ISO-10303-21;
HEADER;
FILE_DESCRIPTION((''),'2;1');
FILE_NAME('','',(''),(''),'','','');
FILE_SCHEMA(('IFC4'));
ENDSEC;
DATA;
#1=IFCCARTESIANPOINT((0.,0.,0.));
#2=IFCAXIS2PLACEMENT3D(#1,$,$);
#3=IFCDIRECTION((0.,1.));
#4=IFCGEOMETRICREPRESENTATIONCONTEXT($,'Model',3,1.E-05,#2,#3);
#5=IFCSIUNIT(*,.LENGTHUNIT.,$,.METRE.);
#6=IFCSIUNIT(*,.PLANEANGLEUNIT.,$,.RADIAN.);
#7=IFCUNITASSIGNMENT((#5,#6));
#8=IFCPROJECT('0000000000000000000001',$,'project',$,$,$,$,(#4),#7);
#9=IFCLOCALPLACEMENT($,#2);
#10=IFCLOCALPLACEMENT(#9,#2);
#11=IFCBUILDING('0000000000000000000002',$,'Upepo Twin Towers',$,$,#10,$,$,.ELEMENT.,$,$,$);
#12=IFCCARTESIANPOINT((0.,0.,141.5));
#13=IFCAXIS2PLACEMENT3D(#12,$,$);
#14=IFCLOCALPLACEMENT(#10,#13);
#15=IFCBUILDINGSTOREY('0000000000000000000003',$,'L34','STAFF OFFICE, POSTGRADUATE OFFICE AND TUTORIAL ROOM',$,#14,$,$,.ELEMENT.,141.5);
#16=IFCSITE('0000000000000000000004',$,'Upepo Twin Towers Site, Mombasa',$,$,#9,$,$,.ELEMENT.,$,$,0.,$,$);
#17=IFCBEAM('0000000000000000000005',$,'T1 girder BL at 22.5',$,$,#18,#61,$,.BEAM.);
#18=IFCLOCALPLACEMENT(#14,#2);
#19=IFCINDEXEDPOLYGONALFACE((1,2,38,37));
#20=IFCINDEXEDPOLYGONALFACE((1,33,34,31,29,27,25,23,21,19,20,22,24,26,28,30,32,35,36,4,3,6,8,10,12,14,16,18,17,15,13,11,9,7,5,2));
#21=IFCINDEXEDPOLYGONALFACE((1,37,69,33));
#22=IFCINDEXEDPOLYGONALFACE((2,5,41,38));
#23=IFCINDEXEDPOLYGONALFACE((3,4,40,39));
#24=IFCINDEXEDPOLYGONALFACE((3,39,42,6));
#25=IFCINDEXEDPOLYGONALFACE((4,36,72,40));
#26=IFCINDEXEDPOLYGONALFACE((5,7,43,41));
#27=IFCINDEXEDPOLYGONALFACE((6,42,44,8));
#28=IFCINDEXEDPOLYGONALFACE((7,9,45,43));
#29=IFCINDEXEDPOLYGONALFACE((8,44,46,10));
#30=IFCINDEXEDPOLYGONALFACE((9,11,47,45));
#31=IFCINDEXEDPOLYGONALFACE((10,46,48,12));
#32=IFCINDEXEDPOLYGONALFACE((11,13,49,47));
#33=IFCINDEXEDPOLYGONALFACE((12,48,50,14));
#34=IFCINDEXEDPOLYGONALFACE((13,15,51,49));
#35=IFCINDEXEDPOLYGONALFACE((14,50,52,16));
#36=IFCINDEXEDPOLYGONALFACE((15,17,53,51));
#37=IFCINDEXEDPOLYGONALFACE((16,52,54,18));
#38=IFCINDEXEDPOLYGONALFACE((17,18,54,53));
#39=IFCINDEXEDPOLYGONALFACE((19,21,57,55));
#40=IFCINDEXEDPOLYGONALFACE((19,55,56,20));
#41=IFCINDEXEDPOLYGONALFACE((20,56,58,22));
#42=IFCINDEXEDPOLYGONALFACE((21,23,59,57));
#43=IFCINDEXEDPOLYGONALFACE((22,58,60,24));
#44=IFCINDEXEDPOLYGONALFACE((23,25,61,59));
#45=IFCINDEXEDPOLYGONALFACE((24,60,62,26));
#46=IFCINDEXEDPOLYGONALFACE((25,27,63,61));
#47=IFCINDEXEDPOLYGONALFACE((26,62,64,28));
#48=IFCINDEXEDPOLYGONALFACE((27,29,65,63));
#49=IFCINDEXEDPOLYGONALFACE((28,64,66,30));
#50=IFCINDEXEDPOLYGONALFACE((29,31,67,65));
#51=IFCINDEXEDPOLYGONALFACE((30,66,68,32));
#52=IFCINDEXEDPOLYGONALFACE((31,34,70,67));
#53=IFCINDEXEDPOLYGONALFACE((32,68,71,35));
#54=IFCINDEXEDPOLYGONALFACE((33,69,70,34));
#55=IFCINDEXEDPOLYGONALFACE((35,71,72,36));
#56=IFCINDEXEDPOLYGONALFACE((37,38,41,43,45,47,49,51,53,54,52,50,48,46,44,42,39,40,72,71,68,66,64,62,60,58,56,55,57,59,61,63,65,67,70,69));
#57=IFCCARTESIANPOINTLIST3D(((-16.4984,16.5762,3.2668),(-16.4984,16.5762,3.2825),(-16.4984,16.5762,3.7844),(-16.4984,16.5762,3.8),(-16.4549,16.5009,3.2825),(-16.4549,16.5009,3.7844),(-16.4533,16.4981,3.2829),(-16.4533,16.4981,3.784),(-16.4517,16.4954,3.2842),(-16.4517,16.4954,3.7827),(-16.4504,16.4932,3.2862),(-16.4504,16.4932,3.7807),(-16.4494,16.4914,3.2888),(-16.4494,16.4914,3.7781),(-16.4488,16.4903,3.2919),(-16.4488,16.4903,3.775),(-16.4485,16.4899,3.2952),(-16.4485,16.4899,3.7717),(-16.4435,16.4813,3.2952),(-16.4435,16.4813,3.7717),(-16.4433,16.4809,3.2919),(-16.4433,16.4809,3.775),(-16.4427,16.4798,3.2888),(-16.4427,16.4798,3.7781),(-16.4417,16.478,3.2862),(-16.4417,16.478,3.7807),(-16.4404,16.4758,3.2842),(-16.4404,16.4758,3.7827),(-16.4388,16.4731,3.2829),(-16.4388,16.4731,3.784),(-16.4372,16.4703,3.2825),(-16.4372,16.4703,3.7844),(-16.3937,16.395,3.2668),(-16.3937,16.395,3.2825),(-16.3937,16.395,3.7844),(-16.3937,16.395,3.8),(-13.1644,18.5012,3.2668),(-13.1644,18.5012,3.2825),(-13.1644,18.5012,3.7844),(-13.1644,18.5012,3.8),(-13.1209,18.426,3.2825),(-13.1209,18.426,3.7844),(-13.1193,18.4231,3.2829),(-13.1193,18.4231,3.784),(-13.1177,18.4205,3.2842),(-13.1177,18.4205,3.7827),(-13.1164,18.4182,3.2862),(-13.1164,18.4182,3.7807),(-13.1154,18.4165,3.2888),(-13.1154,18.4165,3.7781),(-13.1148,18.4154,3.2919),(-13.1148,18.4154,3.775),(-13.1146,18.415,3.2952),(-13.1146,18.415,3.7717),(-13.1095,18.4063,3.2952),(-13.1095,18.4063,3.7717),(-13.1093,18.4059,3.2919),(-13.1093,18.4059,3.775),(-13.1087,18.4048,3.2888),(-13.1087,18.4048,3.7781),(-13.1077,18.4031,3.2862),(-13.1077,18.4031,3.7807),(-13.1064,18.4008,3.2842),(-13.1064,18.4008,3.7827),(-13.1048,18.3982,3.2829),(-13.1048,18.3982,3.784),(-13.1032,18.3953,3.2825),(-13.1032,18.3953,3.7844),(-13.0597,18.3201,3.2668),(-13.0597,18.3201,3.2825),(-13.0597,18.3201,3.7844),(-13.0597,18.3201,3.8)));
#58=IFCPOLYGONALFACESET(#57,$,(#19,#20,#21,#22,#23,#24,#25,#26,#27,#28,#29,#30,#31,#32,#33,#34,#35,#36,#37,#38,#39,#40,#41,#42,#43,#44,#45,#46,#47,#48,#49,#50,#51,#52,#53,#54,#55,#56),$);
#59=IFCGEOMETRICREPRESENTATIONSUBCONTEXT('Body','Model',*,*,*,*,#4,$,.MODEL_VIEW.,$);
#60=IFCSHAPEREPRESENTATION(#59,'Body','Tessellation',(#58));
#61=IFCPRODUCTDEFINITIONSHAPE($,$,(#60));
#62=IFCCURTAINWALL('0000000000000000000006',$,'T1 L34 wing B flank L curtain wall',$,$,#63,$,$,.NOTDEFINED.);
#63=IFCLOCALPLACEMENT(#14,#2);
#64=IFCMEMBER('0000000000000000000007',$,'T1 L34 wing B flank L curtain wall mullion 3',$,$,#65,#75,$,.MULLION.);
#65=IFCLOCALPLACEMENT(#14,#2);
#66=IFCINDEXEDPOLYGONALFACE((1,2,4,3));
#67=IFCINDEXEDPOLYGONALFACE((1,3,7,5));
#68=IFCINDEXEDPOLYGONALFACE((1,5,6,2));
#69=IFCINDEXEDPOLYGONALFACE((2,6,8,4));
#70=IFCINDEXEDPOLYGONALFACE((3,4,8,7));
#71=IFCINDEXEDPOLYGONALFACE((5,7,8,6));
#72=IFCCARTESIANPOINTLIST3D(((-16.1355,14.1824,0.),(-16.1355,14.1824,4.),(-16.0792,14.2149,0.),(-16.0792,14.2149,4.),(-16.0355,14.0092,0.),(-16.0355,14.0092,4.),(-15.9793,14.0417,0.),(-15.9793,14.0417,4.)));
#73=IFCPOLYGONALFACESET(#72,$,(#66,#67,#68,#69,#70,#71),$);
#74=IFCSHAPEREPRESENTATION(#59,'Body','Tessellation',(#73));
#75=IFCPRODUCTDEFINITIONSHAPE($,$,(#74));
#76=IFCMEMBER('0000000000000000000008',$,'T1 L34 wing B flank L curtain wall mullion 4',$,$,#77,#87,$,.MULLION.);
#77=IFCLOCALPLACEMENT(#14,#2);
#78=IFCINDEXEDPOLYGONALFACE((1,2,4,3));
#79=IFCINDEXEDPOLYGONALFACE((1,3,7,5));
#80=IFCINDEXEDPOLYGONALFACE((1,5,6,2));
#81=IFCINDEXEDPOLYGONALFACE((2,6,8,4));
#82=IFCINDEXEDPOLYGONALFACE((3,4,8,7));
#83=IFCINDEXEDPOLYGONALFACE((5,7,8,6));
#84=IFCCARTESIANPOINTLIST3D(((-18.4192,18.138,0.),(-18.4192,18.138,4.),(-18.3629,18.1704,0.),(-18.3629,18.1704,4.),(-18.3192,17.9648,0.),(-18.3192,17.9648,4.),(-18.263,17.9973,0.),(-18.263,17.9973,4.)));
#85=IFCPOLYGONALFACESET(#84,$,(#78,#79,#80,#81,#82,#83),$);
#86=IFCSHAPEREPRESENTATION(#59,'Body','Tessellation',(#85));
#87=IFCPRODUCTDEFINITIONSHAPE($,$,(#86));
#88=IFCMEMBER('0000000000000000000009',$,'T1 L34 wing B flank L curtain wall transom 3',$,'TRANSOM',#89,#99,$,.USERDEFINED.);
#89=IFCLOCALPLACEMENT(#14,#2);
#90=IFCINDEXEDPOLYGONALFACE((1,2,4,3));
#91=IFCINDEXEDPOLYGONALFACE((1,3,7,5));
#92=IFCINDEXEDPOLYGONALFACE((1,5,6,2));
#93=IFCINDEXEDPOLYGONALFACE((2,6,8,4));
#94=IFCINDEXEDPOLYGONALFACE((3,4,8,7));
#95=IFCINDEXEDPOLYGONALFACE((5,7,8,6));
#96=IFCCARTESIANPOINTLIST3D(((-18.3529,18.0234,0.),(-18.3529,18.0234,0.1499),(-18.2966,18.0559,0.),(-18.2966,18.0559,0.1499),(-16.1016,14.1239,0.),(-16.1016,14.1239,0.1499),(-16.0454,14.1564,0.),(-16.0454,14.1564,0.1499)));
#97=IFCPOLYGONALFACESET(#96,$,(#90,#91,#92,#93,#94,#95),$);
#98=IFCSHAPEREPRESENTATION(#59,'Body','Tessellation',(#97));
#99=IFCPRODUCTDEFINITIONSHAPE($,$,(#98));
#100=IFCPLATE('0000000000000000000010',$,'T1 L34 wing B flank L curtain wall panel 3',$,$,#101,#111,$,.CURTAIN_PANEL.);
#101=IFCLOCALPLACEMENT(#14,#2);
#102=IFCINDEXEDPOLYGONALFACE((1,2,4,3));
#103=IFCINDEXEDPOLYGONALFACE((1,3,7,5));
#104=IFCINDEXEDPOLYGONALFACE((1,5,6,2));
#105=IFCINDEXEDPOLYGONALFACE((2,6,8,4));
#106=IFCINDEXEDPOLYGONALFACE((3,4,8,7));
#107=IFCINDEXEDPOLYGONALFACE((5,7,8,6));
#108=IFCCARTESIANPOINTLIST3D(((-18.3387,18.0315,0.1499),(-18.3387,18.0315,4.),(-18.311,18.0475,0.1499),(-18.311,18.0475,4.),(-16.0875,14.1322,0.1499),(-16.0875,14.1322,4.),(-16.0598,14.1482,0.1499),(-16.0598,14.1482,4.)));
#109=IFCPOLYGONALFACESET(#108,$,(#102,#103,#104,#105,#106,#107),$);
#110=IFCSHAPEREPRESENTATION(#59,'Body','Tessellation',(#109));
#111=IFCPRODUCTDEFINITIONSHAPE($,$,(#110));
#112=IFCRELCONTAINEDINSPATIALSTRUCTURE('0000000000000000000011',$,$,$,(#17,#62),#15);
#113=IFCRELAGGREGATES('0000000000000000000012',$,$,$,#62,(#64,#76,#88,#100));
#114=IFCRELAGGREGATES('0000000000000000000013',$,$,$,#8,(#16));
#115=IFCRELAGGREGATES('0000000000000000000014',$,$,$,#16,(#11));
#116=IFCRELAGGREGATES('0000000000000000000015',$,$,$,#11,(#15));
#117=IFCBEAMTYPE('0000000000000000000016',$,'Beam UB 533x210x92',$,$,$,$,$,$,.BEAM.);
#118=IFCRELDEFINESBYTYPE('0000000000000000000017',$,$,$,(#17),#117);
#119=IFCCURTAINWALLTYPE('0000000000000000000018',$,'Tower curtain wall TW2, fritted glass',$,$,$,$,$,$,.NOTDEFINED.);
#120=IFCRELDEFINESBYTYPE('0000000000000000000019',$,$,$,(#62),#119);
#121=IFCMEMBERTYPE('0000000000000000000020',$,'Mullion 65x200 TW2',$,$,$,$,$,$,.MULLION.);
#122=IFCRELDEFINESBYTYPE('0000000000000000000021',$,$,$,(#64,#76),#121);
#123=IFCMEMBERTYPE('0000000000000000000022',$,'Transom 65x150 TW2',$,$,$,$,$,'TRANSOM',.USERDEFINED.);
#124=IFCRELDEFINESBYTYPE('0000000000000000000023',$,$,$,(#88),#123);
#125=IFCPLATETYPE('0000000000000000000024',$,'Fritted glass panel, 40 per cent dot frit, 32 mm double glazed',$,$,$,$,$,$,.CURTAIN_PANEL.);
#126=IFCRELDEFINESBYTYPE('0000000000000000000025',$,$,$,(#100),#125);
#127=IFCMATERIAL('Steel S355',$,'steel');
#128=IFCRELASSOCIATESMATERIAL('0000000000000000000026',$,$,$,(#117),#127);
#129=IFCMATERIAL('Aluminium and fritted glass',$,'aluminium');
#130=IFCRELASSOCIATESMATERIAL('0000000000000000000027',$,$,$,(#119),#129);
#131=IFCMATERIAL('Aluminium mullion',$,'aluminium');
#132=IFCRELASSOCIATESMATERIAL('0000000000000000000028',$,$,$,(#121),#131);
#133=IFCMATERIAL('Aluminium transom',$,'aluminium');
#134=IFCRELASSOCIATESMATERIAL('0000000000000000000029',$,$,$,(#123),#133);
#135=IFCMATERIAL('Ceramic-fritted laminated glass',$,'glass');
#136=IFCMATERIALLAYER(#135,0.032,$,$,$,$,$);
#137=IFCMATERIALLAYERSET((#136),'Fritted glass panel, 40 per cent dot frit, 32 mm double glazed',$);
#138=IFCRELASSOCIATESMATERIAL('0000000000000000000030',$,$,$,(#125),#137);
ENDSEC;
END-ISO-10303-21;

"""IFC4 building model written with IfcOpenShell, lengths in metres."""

from ifc_helpers import new_model, si_unit, direction, frame, origin, origin_2d, place, context, subcontext, project, spatial, rectangle, i_section, extrude, material, layer, layer_set, material_profile, profile_set, type_object, element, aggregate, save


model = new_model("IFC4")

# Units and contexts
model_context = context("Model", 3, precision=1e-05, world=origin(), true_north=direction((0.0, 1.0)))
body_context = subcontext(model_context, "Body", "Model", "MODEL_VIEW")
ifc_project = project(units=[si_unit("LENGTHUNIT", "METRE"), si_unit("PLANEANGLEUNIT", "RADIAN")], contexts=[model_context])

# Site, building, storey
site_placement = place(None, origin())
site = spatial("IfcSite", under=ifc_project, at=site_placement, Name="Upepo Twin Towers Site, Mombasa", CompositionType="ELEMENT", RefElevation=0.0)
building_placement = place(site_placement, origin())
building = spatial("IfcBuilding", under=site, at=building_placement, Name="Upepo Twin Towers", CompositionType="ELEMENT")
storey_placement = place(building_placement, frame((0.0, 0.0, 141.5)))
storey = spatial("IfcBuildingStorey", under=building, at=storey_placement, Name="L34", Description="STAFF OFFICE, POSTGRADUATE OFFICE AND TUTORIAL ROOM", CompositionType="ELEMENT", Elevation=141.5)

# Beam
ifc_material_1 = material(Name="Steel S355", Category="steel")
ifc_material_profile_1 = material_profile(ifc_material_1, i_section(OverallWidth=0.2092, OverallDepth=0.5332, WebThickness=0.01, FlangeThickness=0.0156, FilletRadius=0.0127, at=origin_2d()), Name="UB 533x210x92")
ifc_profile_set_1 = profile_set([ifc_material_profile_1], Name="Steel S355")
beam_type_1 = type_object("IfcBeamType", Name="Beam UB 533x210x92", PredefinedType="BEAM", material=ifc_profile_set_1)
for number, where, z_axis, x_axis, name in (
    (1, (-16.446, 16.4856, 3.5334), (0.866006, 0.500034, 0.0), (-0.500034, 0.866006, 0.0), "T1 girder BL at 22.5"),
):
    element("IfcBeam", number, at=place(storey_placement, frame(where, z_axis=z_axis, x_axis=x_axis)), inside=storey, type_object=beam_type_1, Name=name, PredefinedType="BEAM", context=body_context, shape_type="SweptSolid", body=[
        extrude(i_section(OverallWidth=0.2092, OverallDepth=0.5332, WebThickness=0.01, FlangeThickness=0.0156, FilletRadius=0.0127, at=origin_2d()), origin(), (0.0, 0.0, 1.0), 3.8499),
    ])

# Curtain wall, members, plate
ifc_material_2 = material(Name="Aluminium and fritted glass", Category="aluminium")
curtain_wall_type = type_object("IfcCurtainWallType", Name="Tower curtain wall TW2, fritted glass", PredefinedType="NOTDEFINED", material=ifc_material_2)
curtain_wall_placement = place(storey_placement, origin())
curtain_wall = element("IfcCurtainWall", 2, at=curtain_wall_placement, inside=storey, type_object=curtain_wall_type, Name="T1 L34 wing B flank L curtain wall", PredefinedType="NOTDEFINED")
ifc_material_3 = material(Name="Aluminium mullion", Category="aluminium")
ifc_material_profile_2 = material_profile(ifc_material_3, rectangle(XDim=0.0649, YDim=0.2, at=origin_2d()), Name="MULLION 65x200")
ifc_profile_set_2 = profile_set([ifc_material_profile_2], Name="Aluminium mullion")
member_type_1 = type_object("IfcMemberType", Name="Mullion 65x200 TW2", PredefinedType="MULLION", material=ifc_profile_set_2)
member_1_placement = place(storey_placement, frame((-16.0574, 14.1121, 0.0), z_axis=(0.0, 0.0, 1.0), x_axis=(-0.866025, -0.5, 0.0)))
member_1 = element("IfcMember", 3, at=member_1_placement, type_object=member_type_1, Name="T1 L34 wing B flank L curtain wall mullion 3", PredefinedType="MULLION", context=body_context, shape_type="SweptSolid", body=[
    extrude(rectangle(XDim=0.0649, YDim=0.2, at=origin_2d()), origin(), (0.0, 0.0, 1.0), 4.0),
])
member_2_placement = place(storey_placement, frame((-18.3411, 18.0676, 0.0), z_axis=(0.0, 0.0, 1.0), x_axis=(-0.866025, -0.5, 0.0)))
member_2 = element("IfcMember", 4, at=member_2_placement, type_object=member_type_1, Name="T1 L34 wing B flank L curtain wall mullion 4", PredefinedType="MULLION", context=body_context, shape_type="SweptSolid", body=[
    extrude(rectangle(XDim=0.0649, YDim=0.2, at=origin_2d()), origin(), (0.0, 0.0, 1.0), 4.0),
])
ifc_material_4 = material(Name="Aluminium transom", Category="aluminium")
ifc_material_profile_3 = material_profile(ifc_material_4, rectangle(XDim=0.0649, YDim=0.1499, at=origin_2d()), Name="TRANSOM 65x150")
ifc_profile_set_3 = profile_set([ifc_material_profile_3], Name="Aluminium transom")
member_type_2 = type_object("IfcMemberType", Name="Transom 65x150 TW2", ElementType="TRANSOM", PredefinedType="USERDEFINED", material=ifc_profile_set_3)
member_3_placement = place(storey_placement, frame((-16.0735, 14.1401, 0.075), z_axis=(-0.499982, 0.866036, 0.0), x_axis=(-0.866036, -0.499982, 0.0)))
member_3 = element("IfcMember", 5, at=member_3_placement, type_object=member_type_2, Name="T1 L34 wing B flank L curtain wall transom 3", ObjectType="TRANSOM", PredefinedType="USERDEFINED", context=body_context, shape_type="SweptSolid", body=[
    extrude(rectangle(XDim=0.0649, YDim=0.1499, at=origin_2d()), origin(), (0.0, 0.0, 1.0), 4.5027),
])
ifc_material_5 = material(Name="Ceramic-fritted laminated glass", Category="glass")
ifc_layer_1 = layer(ifc_material_5, 0.032)
ifc_layer_set_1 = layer_set([ifc_layer_1], Name="Fritted glass panel, 40 per cent dot frit, 32 mm double glazed")
plate_type = type_object("IfcPlateType", Name="Fritted glass panel, 40 per cent dot frit, 32 mm double glazed", PredefinedType="CURTAIN_PANEL", material=ifc_layer_set_1)
plate_placement = place(storey_placement, frame((-17.1992, 16.0898, 0.1499), z_axis=(0.0, 0.0, 1.0), x_axis=(-0.5, 0.866025, 0.0)))
plate = element("IfcPlate", 6, at=plate_placement, type_object=plate_type, Name="T1 L34 wing B flank L curtain wall panel 3", PredefinedType="CURTAIN_PANEL", context=body_context, shape_type="SweptSolid", body=[
    extrude(rectangle(XDim=4.5024, YDim=0.032, at=origin_2d()), origin(), (0.0, 0.0, 1.0), 3.8501),
])
aggregate(curtain_wall, [member_1, member_2, member_3, plate])

save(model, "model.ifc")
